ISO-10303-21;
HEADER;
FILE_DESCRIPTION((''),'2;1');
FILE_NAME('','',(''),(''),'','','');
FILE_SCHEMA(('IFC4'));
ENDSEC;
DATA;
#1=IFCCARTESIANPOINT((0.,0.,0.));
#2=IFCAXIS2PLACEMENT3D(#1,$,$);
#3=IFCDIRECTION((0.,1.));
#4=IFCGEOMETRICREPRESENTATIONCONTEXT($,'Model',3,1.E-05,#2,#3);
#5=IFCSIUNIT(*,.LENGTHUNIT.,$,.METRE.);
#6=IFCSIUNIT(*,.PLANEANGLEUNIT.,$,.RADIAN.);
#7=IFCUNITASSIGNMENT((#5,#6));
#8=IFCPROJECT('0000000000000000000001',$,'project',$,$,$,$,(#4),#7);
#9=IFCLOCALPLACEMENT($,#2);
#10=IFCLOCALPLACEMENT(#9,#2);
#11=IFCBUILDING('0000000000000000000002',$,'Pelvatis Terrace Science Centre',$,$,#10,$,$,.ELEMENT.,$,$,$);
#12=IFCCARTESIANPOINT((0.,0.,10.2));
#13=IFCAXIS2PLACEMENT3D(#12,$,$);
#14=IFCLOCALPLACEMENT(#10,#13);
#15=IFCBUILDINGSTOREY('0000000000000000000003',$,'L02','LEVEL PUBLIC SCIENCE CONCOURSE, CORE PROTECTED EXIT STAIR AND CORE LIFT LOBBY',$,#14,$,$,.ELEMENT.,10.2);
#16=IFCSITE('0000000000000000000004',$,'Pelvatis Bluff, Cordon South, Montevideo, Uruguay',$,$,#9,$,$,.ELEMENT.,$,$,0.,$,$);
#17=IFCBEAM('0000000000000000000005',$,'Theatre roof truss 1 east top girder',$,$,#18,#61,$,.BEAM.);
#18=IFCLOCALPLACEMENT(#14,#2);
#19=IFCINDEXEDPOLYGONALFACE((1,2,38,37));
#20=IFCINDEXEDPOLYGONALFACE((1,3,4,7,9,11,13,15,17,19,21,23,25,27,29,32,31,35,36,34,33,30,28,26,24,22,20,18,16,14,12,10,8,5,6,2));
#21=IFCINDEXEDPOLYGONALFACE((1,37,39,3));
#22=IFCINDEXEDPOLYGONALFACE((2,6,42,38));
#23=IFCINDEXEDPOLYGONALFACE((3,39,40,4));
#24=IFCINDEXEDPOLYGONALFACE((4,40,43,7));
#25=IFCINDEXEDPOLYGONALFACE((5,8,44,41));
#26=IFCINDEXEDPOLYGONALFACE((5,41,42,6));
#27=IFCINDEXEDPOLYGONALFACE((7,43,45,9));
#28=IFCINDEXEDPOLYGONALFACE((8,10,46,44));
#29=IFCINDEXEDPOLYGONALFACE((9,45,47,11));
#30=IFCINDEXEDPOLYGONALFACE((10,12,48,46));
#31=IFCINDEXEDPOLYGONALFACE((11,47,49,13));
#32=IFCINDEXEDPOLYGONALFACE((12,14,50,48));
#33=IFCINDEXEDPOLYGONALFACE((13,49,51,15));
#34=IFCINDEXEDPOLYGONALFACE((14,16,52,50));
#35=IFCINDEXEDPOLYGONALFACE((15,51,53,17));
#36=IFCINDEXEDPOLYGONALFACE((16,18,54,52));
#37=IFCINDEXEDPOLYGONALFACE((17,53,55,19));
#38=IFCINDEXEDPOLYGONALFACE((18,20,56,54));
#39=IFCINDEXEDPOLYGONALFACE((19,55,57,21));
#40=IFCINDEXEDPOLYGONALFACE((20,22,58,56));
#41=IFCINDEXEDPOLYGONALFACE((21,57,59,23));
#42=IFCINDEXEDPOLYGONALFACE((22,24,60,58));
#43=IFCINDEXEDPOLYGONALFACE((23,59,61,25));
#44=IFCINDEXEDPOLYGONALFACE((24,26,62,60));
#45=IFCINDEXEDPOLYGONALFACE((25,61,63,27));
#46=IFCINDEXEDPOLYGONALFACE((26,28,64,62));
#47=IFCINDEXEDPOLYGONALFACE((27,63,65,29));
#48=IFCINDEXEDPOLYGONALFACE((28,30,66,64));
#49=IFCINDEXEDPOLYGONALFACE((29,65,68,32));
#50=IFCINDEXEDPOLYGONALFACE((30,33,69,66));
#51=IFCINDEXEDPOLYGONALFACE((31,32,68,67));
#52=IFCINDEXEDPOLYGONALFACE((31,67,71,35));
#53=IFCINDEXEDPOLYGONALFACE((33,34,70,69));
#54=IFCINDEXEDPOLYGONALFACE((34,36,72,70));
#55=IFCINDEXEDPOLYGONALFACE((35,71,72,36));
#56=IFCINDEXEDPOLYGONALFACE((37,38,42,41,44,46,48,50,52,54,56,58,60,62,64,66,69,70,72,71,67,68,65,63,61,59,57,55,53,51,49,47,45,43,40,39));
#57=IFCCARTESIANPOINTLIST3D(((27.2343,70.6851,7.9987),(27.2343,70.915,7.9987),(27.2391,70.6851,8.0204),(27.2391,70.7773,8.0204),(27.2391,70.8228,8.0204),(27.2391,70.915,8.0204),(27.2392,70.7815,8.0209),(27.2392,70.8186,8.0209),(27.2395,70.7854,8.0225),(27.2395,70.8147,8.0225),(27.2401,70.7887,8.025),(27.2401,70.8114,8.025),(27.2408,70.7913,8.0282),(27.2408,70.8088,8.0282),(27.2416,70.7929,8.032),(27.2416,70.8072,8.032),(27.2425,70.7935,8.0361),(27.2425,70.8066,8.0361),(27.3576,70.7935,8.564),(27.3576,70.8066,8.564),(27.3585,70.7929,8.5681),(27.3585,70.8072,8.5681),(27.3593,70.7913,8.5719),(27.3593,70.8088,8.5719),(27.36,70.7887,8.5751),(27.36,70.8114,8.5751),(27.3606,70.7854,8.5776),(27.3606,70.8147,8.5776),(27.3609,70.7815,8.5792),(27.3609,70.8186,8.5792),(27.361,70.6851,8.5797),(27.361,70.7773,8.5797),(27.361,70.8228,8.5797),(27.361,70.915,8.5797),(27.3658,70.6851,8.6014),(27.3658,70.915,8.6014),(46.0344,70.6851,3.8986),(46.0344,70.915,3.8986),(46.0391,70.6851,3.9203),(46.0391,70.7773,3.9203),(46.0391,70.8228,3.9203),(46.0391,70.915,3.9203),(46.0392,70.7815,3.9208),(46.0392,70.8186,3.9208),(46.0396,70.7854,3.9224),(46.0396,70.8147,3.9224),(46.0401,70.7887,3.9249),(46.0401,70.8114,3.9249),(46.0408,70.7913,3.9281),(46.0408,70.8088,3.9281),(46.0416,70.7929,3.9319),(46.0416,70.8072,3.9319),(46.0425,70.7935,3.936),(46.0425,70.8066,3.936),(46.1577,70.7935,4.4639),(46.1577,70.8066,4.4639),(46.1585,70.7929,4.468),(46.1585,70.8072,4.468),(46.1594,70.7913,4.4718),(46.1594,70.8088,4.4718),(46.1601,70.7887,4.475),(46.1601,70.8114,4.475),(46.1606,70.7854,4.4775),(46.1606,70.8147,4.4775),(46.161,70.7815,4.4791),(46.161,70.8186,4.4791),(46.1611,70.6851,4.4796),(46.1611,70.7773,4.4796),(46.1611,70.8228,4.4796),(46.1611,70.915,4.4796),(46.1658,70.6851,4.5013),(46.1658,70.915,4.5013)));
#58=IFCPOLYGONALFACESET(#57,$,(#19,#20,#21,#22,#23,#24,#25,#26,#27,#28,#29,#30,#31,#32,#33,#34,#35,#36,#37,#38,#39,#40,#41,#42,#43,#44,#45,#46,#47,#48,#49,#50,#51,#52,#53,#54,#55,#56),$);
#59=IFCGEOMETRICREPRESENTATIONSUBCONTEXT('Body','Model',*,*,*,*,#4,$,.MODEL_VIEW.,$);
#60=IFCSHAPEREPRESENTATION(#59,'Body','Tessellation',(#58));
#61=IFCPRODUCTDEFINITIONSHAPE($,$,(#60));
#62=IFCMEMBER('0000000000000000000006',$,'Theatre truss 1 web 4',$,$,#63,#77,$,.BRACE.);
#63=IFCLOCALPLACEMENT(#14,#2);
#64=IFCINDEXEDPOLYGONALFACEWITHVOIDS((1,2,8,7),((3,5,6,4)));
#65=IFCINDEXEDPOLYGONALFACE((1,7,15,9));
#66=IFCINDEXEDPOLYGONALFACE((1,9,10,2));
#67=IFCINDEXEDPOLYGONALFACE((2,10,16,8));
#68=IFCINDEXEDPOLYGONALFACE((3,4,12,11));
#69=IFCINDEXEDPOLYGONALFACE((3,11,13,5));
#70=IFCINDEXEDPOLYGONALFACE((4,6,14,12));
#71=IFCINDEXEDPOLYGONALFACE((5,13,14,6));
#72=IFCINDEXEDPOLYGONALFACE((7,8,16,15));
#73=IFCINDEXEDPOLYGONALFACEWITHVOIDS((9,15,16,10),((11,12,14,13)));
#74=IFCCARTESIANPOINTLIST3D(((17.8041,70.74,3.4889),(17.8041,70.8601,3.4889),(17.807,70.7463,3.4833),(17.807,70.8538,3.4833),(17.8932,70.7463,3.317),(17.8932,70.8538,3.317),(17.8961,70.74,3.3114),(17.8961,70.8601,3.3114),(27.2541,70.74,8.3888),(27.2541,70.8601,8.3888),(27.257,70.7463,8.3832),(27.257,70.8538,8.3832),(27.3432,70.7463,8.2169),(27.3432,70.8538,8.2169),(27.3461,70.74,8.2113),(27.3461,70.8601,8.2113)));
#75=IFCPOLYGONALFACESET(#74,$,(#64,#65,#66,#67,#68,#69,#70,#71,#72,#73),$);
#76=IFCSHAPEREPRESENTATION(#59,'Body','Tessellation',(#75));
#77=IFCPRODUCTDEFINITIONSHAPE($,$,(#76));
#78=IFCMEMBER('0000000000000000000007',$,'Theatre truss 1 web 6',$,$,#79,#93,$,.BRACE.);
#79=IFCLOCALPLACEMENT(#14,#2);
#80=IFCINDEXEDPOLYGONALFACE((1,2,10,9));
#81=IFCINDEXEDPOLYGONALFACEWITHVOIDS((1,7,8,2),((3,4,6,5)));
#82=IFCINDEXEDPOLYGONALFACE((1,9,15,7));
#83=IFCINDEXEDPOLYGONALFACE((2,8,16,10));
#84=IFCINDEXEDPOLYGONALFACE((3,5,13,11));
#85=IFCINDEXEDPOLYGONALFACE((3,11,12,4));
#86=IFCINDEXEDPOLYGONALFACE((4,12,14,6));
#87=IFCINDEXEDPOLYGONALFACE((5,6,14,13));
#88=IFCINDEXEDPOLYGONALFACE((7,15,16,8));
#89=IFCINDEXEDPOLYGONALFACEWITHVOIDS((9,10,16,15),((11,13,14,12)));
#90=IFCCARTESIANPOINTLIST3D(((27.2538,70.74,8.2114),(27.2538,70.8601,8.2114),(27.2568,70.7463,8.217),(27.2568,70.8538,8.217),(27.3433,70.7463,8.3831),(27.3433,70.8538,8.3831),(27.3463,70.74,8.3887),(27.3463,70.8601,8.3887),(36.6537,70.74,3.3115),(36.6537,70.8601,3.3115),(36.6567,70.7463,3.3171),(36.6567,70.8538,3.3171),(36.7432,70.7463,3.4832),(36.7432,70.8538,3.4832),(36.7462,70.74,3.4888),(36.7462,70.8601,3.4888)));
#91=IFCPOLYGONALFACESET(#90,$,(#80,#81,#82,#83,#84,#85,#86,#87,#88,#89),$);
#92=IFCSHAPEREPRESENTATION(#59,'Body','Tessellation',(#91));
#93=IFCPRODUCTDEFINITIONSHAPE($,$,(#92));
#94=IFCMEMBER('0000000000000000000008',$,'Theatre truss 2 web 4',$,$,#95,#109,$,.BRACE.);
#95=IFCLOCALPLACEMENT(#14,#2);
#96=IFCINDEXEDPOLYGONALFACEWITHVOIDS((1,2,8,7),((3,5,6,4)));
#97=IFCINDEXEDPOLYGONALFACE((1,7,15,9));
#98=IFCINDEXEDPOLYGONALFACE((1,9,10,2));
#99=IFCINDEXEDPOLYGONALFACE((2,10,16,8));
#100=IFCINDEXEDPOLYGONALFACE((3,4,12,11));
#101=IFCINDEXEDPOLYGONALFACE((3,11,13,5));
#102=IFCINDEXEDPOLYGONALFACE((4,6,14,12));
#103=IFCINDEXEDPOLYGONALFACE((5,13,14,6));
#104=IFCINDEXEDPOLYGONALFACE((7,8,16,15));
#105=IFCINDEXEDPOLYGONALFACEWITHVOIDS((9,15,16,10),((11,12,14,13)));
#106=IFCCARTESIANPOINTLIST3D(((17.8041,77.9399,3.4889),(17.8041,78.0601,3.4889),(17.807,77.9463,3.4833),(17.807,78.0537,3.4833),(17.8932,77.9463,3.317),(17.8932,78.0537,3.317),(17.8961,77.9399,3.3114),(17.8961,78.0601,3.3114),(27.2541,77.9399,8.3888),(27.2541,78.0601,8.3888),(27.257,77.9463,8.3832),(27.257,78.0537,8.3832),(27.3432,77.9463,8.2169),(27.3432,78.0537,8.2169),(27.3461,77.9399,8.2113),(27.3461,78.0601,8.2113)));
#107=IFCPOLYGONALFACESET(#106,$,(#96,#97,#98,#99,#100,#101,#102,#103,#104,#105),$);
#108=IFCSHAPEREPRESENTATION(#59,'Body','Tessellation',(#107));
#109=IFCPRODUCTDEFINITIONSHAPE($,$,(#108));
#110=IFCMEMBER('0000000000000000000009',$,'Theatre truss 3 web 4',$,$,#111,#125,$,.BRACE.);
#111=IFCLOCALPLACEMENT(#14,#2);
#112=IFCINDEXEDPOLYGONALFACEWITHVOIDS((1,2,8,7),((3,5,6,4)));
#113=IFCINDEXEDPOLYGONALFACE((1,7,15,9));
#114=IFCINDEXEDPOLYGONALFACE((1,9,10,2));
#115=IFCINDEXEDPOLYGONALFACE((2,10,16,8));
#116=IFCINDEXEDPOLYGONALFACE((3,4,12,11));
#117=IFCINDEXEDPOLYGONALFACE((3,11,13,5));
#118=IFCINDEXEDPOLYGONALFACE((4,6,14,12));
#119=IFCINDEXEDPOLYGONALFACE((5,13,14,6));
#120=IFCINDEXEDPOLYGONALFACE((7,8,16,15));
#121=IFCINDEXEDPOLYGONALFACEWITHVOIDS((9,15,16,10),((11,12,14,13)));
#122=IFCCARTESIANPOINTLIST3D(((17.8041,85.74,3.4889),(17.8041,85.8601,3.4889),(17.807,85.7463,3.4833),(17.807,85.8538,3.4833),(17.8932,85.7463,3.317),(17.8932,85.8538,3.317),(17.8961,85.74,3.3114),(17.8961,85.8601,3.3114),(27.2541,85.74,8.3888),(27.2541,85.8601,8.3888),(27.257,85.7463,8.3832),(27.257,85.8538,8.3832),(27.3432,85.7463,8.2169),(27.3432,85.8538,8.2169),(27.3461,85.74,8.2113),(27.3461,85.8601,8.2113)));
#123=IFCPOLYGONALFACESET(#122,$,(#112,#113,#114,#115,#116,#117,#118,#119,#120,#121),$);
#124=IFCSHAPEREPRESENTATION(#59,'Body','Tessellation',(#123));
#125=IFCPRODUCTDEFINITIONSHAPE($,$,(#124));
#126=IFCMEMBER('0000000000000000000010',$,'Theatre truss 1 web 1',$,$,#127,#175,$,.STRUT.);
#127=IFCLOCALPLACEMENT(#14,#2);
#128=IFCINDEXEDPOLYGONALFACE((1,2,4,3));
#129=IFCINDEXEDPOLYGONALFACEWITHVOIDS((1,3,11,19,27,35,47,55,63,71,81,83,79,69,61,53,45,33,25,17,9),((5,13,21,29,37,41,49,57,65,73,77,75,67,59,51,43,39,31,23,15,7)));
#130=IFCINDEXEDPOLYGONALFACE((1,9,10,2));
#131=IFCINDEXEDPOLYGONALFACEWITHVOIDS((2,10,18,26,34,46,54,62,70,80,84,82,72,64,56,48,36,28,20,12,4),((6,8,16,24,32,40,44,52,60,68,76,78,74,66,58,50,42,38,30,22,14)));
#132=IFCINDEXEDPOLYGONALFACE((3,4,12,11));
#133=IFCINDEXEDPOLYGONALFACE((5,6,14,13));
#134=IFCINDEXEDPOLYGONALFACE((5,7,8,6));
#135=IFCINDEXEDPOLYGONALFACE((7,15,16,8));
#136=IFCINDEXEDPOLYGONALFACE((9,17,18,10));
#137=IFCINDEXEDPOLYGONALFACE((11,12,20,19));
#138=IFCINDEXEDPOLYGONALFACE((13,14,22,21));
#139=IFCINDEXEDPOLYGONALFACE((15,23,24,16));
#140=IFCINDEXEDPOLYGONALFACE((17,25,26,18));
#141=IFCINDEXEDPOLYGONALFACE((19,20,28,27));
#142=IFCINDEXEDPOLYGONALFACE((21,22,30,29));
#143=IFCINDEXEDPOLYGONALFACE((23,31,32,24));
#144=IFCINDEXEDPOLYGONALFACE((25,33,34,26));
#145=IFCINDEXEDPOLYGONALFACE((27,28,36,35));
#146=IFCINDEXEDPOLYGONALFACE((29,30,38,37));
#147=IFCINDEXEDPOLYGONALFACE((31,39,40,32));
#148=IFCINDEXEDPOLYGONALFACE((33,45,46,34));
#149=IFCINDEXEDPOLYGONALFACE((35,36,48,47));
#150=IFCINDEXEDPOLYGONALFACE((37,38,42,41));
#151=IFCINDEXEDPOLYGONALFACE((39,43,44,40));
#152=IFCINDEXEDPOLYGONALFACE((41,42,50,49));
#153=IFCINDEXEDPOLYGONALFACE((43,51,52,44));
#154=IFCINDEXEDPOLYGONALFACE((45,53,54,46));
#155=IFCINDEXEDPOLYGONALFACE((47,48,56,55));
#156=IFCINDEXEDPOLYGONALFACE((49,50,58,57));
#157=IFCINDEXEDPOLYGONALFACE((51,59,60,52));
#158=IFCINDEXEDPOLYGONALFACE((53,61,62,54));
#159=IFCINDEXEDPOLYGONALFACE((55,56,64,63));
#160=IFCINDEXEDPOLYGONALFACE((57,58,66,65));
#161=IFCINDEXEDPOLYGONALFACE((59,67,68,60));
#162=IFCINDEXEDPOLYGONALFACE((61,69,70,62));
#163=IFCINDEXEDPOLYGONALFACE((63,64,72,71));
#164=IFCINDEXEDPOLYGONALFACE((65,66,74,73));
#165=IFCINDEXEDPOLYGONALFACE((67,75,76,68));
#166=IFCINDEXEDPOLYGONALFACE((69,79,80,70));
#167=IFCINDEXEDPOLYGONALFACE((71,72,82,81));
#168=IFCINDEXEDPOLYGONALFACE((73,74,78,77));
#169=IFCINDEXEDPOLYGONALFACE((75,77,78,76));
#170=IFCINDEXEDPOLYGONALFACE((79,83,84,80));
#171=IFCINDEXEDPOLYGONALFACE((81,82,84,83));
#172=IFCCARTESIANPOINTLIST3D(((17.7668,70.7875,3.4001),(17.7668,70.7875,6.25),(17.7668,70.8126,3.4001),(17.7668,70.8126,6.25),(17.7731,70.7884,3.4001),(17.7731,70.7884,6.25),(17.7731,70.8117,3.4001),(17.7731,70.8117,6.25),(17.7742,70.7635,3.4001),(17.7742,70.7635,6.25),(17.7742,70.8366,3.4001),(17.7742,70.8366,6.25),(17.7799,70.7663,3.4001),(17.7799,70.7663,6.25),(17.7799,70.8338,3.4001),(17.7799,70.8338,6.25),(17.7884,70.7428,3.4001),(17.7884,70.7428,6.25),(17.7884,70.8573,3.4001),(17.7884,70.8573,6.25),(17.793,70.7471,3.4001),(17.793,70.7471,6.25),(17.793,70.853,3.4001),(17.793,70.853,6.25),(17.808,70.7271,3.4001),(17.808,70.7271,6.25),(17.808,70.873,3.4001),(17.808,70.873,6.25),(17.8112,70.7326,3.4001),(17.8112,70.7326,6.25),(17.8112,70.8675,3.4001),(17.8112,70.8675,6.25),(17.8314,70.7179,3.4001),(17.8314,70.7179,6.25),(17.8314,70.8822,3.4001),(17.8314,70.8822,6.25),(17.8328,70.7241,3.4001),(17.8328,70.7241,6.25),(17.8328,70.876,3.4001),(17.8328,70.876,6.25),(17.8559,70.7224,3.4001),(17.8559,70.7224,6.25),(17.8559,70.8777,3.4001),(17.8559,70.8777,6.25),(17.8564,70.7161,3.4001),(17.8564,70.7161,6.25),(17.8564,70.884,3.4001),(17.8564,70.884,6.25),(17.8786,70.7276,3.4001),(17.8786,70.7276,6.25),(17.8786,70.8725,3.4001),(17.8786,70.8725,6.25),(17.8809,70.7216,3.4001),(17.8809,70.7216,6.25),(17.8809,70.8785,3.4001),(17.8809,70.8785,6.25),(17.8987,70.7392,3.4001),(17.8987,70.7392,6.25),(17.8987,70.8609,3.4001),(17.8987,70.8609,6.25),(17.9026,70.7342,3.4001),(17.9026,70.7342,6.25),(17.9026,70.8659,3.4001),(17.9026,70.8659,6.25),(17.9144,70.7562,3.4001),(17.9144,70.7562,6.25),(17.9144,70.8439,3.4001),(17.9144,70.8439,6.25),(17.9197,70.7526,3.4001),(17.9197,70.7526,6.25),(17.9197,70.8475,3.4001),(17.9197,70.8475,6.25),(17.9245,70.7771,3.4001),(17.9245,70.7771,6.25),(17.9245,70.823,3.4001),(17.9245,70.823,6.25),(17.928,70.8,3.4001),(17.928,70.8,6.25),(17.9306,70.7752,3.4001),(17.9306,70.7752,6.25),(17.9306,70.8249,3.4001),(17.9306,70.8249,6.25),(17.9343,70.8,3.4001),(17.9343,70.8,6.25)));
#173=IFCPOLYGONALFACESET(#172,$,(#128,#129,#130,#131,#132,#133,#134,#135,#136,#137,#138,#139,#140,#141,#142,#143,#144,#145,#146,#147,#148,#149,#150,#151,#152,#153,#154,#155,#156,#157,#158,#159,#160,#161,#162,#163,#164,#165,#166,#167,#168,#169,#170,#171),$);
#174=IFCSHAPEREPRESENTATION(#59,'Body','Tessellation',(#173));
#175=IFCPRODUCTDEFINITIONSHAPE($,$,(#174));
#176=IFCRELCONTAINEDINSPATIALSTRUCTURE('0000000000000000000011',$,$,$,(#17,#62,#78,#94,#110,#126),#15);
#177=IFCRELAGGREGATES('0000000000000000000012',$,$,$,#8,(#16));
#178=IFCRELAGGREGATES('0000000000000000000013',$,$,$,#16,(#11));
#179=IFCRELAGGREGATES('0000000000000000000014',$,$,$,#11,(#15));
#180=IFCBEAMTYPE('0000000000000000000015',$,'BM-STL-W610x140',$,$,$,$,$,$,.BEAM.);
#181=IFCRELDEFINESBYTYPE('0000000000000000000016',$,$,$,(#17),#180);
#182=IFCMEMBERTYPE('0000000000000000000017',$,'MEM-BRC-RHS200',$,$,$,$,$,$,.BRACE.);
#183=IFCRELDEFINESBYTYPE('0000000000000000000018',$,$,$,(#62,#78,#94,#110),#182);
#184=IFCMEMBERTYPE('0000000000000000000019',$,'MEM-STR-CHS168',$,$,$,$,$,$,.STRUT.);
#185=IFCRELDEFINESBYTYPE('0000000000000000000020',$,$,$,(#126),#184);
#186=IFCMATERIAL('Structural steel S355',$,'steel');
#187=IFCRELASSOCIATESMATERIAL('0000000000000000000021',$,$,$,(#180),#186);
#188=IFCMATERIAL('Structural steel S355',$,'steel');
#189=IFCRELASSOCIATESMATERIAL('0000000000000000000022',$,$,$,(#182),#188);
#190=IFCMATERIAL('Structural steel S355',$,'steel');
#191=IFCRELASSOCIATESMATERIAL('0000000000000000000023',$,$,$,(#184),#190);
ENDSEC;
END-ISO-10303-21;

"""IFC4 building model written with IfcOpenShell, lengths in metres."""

from ifc_helpers import new_model, si_unit, direction, frame, origin, origin_2d, place, context, subcontext, project, spatial, hollow_rectangle, hollow_circle, i_section, extrude, material, material_profile, profile_set, type_object, element, save


model = new_model("IFC4")

# Units and contexts
model_context = context("Model", 3, precision=1e-05, world=origin(), true_north=direction((0.0, 1.0)))
body_context = subcontext(model_context, "Body", "Model", "MODEL_VIEW")
ifc_project = project(units=[si_unit("LENGTHUNIT", "METRE"), si_unit("PLANEANGLEUNIT", "RADIAN")], contexts=[model_context])

# Site, building, storey
site_placement = place(None, origin())
site = spatial("IfcSite", under=ifc_project, at=site_placement, Name="Pelvatis Bluff, Cordon South, Montevideo, Uruguay", CompositionType="ELEMENT", RefElevation=0.0)
building_placement = place(site_placement, origin())
building = spatial("IfcBuilding", under=site, at=building_placement, Name="Pelvatis Terrace Science Centre", CompositionType="ELEMENT")
storey_placement = place(building_placement, frame((0.0, 0.0, 10.2)))
storey = spatial("IfcBuildingStorey", under=building, at=storey_placement, Name="L02", Description="LEVEL PUBLIC SCIENCE CONCOURSE, CORE PROTECTED EXIT STAIR AND CORE LIFT LOBBY", CompositionType="ELEMENT", Elevation=10.2)

# Beam
ifc_material_1 = material(Name="Structural steel S355", Category="steel")
ifc_material_profile_1 = material_profile(ifc_material_1, i_section(OverallWidth=0.23, OverallDepth=0.6169, WebThickness=0.0132, FlangeThickness=0.0222, FilletRadius=0.0161, at=origin_2d()), Name="W610x140")
ifc_profile_set_1 = profile_set([ifc_material_profile_1], Name="Structural steel S355")
beam_type_1 = type_object("IfcBeamType", Name="BM-STL-W610x140", PredefinedType="BEAM", material=ifc_profile_set_1)
beam_1_placement = place(storey_placement, frame((27.3, 70.8, 8.3), z_axis=(0.977034, 0.0, -0.213081), x_axis=(0.0, 1.0, 0.0)))
element("IfcBeam", 1, at=beam_1_placement, inside=storey, type_object=beam_type_1, Name="Theatre roof truss 1 east top girder", PredefinedType="BEAM", context=body_context, shape_type="SweptSolid", body=[
    extrude(i_section(OverallWidth=0.23, OverallDepth=0.6169, WebThickness=0.0132, FlangeThickness=0.0222, FilletRadius=0.0161, at=origin_2d()), origin(), (0.0, 0.0, 1.0), 19.2419),
])

# Members
ifc_material_2 = material(Name="Structural steel S355", Category="steel")
ifc_material_profile_2 = material_profile(ifc_material_2, hollow_rectangle(XDim=0.1201, YDim=0.2, WallThickness=0.0063, at=origin_2d()), Name="RHS 200x120x6.3")
ifc_profile_set_2 = profile_set([ifc_material_profile_2], Name="Structural steel S355")
member_type_1 = type_object("IfcMemberType", Name="MEM-BRC-RHS200", PredefinedType="BRACE", material=ifc_profile_set_2)
member_1_placement = place(storey_placement, frame((17.8501, 70.8, 3.4001), z_axis=(0.887757, 0.0, 0.460312), x_axis=(0.0, 1.0, 0.0)))
element("IfcMember", 2, at=member_1_placement, inside=storey, type_object=member_type_1, Name="Theatre truss 1 web 4", PredefinedType="BRACE", context=body_context, shape_type="SweptSolid", body=[
    extrude(hollow_rectangle(XDim=0.1201, YDim=0.2, WallThickness=0.0063, at=origin_2d()), origin(), (0.0, 0.0, 1.0), 10.6448),
])
member_2_placement = place(storey_placement, frame((36.7, 70.8, 3.4001), z_axis=(-0.886755, 0.0, 0.46224), x_axis=(0.0, -1.0, 0.0)))
element("IfcMember", 3, at=member_2_placement, inside=storey, type_object=member_type_1, Name="Theatre truss 1 web 6", PredefinedType="BRACE", context=body_context, shape_type="SweptSolid", body=[
    extrude(hollow_rectangle(XDim=0.1201, YDim=0.2, WallThickness=0.0063, at=origin_2d()), origin(), (0.0, 0.0, 1.0), 10.6003),
])
for number, where, z_axis, x_axis, name in (
    (4, (17.8501, 78.0, 3.4001), (0.887757, 0.0, 0.460312), (0.0, 1.0, 0.0), "Theatre truss 2 web 4"),
    (5, (17.8501, 85.8, 3.4001), (0.887757, 0.0, 0.460312), (0.0, 1.0, 0.0), "Theatre truss 3 web 4"),
):
    element("IfcMember", number, at=place(storey_placement, frame(where, z_axis=z_axis, x_axis=x_axis)), inside=storey, type_object=member_type_1, Name=name, PredefinedType="BRACE", context=body_context, shape_type="SweptSolid", body=[
        extrude(hollow_rectangle(XDim=0.1201, YDim=0.2, WallThickness=0.0063, at=origin_2d()), origin(), (0.0, 0.0, 1.0), 10.6448),
    ])
ifc_material_3 = material(Name="Structural steel S355", Category="steel")
ifc_material_profile_3 = material_profile(ifc_material_3, hollow_circle(Radius=0.0842, WallThickness=0.0063, at=origin_2d()), Name="CHS 168.3x6.3")
ifc_profile_set_3 = profile_set([ifc_material_profile_3], Name="Structural steel S355")
member_type_2 = type_object("IfcMemberType", Name="MEM-STR-CHS168", PredefinedType="STRUT", material=ifc_profile_set_3)
for number, where, z_axis, x_axis, name in (
    (6, (17.8501, 70.8, 3.4001), (0.0, 0.0, 1.0), (1.0, 0.0, 0.0), "Theatre truss 1 web 1"),
):
    element("IfcMember", number, at=place(storey_placement, frame(where, z_axis=z_axis, x_axis=x_axis)), inside=storey, type_object=member_type_2, Name=name, PredefinedType="STRUT", context=body_context, shape_type="SweptSolid", body=[
        extrude(hollow_circle(Radius=0.0842, WallThickness=0.0063, at=origin_2d()), origin(), (0.0, 0.0, 1.0), 2.8499),
    ])

save(model, "model.ifc")
